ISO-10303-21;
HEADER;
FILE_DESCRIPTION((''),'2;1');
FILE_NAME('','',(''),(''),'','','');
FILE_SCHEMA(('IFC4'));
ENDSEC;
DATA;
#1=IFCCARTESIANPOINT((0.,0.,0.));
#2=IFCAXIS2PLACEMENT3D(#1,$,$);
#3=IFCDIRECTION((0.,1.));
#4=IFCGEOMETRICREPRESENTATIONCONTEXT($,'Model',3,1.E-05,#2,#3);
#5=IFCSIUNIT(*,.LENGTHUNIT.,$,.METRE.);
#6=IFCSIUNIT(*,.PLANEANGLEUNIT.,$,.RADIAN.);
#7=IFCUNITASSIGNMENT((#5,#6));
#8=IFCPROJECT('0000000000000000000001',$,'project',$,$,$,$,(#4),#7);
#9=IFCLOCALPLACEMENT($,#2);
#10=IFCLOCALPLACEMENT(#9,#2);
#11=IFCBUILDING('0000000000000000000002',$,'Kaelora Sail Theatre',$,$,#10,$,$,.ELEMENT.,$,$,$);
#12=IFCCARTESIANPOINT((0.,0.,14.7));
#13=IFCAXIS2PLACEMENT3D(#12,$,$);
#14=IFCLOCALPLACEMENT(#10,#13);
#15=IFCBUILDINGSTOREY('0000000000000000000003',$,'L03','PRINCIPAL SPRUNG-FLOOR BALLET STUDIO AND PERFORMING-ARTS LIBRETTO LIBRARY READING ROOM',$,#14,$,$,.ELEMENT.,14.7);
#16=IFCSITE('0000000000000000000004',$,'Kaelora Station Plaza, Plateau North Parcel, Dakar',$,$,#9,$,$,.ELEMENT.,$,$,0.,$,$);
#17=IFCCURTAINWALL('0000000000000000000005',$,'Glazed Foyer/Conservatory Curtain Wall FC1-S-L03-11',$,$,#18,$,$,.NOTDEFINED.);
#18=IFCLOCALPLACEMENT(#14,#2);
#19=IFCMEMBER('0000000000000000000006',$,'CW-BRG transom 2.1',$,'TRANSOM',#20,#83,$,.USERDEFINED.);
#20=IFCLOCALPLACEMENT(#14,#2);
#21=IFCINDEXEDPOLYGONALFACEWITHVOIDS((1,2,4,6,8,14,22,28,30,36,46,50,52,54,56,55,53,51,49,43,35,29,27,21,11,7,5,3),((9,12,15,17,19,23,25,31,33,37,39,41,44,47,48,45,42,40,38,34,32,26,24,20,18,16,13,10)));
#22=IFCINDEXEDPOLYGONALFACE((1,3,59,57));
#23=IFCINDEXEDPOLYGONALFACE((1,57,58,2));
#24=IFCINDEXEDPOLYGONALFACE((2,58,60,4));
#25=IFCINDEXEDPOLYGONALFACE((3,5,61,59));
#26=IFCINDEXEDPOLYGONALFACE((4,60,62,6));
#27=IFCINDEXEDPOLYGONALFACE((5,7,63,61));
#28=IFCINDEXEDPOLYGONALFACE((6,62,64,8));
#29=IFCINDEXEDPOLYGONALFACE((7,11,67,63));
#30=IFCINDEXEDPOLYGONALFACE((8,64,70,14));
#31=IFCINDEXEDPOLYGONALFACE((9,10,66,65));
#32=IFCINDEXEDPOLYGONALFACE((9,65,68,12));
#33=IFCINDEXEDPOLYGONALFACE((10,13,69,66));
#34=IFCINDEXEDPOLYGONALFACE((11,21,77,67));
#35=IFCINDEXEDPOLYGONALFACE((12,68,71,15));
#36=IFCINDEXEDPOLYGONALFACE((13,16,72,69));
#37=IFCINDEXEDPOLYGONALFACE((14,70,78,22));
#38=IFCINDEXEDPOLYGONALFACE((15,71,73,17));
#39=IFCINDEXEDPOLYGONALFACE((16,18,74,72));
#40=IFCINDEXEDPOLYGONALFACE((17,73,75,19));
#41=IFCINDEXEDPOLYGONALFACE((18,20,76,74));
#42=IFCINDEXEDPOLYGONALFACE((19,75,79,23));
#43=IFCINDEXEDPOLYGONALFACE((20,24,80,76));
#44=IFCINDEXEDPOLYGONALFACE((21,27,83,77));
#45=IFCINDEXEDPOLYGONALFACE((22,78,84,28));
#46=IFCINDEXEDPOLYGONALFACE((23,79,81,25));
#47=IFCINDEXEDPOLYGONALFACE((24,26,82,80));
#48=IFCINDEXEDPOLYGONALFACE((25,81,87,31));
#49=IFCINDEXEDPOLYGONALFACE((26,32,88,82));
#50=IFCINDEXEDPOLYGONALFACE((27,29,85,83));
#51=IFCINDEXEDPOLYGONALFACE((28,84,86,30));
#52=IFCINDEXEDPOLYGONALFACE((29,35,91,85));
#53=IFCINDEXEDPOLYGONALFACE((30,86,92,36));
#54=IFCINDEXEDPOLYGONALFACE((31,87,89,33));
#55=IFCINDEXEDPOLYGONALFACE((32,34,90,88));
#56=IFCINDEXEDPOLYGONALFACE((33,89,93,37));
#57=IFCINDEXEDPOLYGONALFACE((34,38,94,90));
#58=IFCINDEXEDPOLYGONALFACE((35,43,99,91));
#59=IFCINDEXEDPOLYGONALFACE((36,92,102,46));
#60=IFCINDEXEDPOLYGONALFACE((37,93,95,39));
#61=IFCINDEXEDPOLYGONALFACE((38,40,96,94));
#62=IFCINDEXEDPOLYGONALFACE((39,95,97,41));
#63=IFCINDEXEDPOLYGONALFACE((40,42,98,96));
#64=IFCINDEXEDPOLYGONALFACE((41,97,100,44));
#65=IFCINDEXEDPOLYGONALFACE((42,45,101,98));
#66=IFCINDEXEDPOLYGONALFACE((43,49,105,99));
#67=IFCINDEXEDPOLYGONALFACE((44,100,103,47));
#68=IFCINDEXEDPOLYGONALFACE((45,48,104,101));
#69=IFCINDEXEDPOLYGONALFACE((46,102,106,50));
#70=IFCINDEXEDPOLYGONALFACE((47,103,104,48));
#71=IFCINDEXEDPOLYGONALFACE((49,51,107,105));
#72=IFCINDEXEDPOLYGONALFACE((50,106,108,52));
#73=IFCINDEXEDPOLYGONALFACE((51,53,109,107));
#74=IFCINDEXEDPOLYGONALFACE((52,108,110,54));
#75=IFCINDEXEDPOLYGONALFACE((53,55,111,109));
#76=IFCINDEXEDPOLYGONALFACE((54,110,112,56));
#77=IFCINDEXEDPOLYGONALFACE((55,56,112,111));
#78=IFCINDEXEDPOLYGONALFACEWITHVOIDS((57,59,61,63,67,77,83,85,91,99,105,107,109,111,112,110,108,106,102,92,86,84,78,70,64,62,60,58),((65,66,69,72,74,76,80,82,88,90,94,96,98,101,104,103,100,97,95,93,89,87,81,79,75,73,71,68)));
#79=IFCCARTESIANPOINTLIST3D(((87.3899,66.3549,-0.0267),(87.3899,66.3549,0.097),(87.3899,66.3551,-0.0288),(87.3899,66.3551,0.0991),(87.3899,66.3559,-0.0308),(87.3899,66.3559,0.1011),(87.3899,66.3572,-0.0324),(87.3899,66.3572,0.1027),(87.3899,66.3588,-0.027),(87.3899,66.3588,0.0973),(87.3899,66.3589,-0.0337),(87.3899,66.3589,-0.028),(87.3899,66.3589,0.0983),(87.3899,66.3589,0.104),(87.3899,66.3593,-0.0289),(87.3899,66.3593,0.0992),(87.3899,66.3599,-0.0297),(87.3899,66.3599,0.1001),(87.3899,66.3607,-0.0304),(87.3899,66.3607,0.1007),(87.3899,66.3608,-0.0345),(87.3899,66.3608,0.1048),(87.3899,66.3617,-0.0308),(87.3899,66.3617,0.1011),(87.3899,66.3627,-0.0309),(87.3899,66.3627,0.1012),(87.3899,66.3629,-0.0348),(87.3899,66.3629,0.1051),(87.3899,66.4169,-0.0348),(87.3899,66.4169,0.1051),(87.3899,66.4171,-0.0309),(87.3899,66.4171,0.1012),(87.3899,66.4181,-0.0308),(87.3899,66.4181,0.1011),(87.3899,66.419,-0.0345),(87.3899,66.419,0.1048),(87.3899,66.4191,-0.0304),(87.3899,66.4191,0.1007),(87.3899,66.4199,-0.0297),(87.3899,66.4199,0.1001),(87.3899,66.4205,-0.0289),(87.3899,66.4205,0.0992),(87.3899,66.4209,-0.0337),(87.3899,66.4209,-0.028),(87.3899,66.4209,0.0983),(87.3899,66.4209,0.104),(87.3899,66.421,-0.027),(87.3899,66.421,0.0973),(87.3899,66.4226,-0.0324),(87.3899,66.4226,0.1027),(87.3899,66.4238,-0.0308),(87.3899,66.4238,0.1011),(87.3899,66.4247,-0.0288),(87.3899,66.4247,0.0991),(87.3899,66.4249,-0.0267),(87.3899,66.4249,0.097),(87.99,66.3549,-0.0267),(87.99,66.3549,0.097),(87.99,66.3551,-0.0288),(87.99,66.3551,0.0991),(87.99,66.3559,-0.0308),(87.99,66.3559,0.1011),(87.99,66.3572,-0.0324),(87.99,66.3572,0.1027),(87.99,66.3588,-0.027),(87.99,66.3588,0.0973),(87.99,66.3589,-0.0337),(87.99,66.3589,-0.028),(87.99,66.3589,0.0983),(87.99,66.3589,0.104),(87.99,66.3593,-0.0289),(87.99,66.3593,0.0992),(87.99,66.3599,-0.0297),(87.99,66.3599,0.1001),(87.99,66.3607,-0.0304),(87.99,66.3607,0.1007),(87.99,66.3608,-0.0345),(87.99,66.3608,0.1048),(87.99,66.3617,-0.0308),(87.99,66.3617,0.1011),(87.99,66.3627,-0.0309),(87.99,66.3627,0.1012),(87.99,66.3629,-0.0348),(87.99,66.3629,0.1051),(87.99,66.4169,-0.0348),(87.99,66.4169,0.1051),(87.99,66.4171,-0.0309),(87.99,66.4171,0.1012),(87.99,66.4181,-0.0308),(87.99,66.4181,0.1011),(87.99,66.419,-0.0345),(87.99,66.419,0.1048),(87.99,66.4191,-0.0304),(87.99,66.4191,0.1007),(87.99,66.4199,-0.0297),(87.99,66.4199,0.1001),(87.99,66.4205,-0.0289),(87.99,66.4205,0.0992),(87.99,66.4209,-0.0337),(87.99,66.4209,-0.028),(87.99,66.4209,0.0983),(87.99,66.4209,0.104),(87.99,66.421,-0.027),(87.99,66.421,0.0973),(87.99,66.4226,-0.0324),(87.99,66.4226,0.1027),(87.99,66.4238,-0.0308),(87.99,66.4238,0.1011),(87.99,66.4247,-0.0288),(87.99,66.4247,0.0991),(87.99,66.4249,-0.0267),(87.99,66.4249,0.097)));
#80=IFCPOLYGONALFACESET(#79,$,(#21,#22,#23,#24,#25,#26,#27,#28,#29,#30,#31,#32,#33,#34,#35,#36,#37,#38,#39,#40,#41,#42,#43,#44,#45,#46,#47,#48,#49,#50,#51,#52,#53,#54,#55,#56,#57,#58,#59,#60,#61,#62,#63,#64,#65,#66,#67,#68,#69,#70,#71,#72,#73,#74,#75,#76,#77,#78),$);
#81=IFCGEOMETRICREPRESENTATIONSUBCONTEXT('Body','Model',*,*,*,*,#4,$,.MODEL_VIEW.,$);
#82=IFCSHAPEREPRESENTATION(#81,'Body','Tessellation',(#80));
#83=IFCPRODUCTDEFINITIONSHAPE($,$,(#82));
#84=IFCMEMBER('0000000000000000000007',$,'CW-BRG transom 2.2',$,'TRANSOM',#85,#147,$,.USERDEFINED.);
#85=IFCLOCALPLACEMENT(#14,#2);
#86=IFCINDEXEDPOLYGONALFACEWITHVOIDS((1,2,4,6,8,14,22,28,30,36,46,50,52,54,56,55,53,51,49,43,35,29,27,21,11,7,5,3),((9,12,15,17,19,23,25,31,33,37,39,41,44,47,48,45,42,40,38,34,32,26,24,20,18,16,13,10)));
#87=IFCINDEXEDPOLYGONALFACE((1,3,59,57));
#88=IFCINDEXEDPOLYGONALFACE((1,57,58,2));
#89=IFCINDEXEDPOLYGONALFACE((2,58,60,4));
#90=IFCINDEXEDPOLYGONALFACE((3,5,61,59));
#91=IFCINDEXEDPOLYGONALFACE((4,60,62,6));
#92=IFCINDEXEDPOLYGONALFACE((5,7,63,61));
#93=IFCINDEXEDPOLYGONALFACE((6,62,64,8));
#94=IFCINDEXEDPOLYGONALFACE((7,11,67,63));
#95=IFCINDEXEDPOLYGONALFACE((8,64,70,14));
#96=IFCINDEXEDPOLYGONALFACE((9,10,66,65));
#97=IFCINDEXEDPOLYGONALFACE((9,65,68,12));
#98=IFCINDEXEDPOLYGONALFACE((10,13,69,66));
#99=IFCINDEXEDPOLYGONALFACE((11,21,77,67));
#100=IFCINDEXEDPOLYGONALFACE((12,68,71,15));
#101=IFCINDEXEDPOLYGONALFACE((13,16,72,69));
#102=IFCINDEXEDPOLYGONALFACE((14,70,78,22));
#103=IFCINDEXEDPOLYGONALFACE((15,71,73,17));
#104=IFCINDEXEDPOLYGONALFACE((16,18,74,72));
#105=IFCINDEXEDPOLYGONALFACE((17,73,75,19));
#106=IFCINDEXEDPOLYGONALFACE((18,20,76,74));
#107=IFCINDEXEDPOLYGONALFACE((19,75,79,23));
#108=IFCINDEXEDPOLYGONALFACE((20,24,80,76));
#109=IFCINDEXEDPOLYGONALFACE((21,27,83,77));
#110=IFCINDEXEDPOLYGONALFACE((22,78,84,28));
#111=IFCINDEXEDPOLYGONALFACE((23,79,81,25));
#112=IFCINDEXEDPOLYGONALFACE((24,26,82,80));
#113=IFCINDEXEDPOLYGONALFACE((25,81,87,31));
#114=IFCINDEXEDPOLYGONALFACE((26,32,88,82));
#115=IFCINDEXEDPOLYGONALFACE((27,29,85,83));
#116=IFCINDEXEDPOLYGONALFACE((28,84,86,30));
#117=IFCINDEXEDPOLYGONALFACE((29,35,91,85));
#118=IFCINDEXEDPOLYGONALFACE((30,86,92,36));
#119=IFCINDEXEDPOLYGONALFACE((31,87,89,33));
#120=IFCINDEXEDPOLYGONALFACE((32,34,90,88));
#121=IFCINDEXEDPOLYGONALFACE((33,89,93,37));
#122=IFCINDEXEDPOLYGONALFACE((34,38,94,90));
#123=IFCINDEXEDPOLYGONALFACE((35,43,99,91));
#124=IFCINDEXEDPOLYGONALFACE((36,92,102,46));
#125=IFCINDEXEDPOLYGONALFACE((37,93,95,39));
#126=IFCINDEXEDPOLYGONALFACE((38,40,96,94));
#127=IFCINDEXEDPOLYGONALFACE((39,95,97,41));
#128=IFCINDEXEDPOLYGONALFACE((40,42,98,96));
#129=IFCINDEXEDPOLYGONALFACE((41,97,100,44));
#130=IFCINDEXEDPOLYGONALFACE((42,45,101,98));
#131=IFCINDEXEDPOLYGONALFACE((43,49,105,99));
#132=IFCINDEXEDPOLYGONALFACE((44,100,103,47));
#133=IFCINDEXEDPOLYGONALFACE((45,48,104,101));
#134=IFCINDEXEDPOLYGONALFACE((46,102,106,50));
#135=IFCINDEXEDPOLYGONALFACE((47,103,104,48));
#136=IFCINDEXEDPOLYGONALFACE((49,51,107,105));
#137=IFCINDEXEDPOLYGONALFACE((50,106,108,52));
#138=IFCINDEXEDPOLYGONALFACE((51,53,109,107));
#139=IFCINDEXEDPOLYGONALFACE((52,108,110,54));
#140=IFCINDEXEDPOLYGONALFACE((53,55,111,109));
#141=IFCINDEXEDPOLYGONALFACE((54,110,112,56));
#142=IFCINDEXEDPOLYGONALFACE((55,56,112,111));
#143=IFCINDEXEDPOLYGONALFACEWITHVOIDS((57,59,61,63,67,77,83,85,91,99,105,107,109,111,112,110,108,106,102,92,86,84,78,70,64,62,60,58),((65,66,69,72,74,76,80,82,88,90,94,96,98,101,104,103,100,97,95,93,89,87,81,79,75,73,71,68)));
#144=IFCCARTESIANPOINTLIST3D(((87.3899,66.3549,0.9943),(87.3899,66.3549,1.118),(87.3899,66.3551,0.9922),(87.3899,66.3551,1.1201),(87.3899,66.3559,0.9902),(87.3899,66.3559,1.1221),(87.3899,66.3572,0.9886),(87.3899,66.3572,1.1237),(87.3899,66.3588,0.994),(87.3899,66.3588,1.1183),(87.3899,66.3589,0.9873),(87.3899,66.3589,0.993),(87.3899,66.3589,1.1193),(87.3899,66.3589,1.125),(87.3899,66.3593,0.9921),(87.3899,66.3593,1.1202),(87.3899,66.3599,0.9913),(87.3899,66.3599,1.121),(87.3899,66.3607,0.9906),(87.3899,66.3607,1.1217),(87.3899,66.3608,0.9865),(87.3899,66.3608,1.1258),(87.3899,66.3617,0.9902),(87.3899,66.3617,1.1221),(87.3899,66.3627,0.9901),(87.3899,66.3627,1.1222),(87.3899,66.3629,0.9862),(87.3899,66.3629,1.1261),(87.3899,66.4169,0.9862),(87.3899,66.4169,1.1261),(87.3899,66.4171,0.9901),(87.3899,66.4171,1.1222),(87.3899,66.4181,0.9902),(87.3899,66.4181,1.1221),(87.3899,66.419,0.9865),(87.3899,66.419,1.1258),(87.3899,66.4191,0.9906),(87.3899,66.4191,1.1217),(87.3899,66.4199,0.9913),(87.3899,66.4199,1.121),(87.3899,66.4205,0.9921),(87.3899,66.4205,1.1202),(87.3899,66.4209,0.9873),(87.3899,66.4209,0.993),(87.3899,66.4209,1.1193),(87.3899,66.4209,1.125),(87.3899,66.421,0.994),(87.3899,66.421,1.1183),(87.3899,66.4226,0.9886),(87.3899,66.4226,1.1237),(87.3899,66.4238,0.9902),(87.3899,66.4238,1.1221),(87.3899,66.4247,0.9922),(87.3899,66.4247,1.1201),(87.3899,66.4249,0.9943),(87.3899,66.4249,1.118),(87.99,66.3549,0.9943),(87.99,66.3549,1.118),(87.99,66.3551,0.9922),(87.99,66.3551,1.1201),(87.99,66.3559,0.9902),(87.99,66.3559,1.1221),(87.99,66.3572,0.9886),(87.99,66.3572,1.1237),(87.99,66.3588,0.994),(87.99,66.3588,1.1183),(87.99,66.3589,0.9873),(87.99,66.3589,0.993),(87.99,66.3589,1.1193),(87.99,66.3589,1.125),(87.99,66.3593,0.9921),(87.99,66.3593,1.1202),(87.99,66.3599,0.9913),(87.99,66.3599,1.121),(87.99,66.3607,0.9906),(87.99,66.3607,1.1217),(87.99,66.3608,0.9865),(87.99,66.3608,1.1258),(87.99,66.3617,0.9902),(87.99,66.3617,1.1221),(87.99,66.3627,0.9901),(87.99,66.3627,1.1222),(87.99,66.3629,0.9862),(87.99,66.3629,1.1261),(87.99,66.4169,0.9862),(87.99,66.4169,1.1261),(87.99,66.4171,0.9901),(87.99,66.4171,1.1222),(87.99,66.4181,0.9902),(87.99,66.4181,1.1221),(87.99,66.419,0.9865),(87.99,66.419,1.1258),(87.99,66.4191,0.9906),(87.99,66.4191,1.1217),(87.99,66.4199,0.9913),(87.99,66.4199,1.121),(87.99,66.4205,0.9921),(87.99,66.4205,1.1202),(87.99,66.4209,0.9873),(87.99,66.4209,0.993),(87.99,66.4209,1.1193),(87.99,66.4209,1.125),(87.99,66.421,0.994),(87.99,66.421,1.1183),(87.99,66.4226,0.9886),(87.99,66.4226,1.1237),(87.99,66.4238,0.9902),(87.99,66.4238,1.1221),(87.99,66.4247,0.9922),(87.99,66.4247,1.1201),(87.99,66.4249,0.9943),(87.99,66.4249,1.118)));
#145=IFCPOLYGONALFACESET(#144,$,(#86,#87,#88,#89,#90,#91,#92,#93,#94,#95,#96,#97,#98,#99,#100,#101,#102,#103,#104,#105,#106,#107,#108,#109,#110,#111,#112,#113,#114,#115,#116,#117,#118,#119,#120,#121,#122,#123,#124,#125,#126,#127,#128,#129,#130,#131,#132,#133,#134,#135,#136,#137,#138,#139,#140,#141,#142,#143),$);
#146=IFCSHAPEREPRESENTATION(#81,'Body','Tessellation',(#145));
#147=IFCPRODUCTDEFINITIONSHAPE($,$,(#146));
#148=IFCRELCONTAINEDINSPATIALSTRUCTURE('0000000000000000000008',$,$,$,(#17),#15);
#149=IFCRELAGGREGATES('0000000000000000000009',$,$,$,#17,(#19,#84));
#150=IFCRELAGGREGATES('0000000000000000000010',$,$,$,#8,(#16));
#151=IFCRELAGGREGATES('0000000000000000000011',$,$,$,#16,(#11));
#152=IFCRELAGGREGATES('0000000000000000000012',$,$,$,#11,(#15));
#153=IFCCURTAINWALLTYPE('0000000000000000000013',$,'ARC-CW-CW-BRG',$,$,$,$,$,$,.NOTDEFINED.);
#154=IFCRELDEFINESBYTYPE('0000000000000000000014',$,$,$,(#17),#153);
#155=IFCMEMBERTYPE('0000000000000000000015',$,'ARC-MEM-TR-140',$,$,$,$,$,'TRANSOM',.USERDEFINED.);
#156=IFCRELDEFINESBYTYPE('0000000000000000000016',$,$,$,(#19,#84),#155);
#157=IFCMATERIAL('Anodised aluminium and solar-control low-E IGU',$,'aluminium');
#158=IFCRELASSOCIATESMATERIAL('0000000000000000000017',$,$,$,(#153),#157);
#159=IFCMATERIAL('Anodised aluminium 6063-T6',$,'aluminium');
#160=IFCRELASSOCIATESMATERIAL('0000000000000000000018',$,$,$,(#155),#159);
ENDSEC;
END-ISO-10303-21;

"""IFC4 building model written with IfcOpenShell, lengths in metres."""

from ifc_helpers import new_model, si_unit, direction, frame, origin, origin_2d, place, context, subcontext, project, spatial, hollow_rectangle, extrude, material, material_profile, profile_set, type_object, element, aggregate, save


model = new_model("IFC4")

# Units and contexts
model_context = context("Model", 3, precision=1e-05, world=origin(), true_north=direction((0.0, 1.0)))
body_context = subcontext(model_context, "Body", "Model", "MODEL_VIEW")
ifc_project = project(units=[si_unit("LENGTHUNIT", "METRE"), si_unit("PLANEANGLEUNIT", "RADIAN")], contexts=[model_context])

# Site, building, storey
site_placement = place(None, origin())
site = spatial("IfcSite", under=ifc_project, at=site_placement, Name="Kaelora Station Plaza, Plateau North Parcel, Dakar", CompositionType="ELEMENT", RefElevation=0.0)
building_placement = place(site_placement, origin())
building = spatial("IfcBuilding", under=site, at=building_placement, Name="Kaelora Sail Theatre", CompositionType="ELEMENT")
storey_placement = place(building_placement, frame((0.0, 0.0, 14.7)))
storey = spatial("IfcBuildingStorey", under=building, at=storey_placement, Name="L03", Description="PRINCIPAL SPRUNG-FLOOR BALLET STUDIO AND PERFORMING-ARTS LIBRETTO LIBRARY READING ROOM", CompositionType="ELEMENT", Elevation=14.7)

# Shared definitions
ifc_material_1 = material(Name="Anodised aluminium and solar-control low-E IGU", Category="aluminium")
curtain_wall_type = type_object("IfcCurtainWallType", Name="ARC-CW-CW-BRG", PredefinedType="NOTDEFINED", material=ifc_material_1)

# Curtain wall
curtain_wall_1_placement = place(storey_placement, origin())
curtain_wall_1 = element("IfcCurtainWall", 1, at=curtain_wall_1_placement, inside=storey, type_object=curtain_wall_type, Name="Glazed Foyer/Conservatory Curtain Wall FC1-S-L03-11", PredefinedType="NOTDEFINED")

# Members
ifc_material_2 = material(Name="Anodised aluminium 6063-T6", Category="aluminium")
ifc_material_profile_1 = material_profile(ifc_material_2, hollow_rectangle(XDim=0.0701, YDim=0.1399, WallThickness=0.0039, InnerFilletRadius=0.0039, OuterFilletRadius=0.0081, at=origin_2d()), Name="ALU-TRAN 70x140x4")
ifc_profile_set_1 = profile_set([ifc_material_profile_1], Name="Anodised aluminium 6063-T6")
member_type_1 = type_object("IfcMemberType", Name="ARC-MEM-TR-140", ElementType="TRANSOM", PredefinedType="USERDEFINED", material=ifc_profile_set_1)
member_1_placement = place(storey_placement, frame((87.3899, 66.3899, 0.0352), z_axis=(1.0, 0.0, 0.0), x_axis=(0.0, 1.0, 0.0)))
member_1 = element("IfcMember", 2, at=member_1_placement, type_object=member_type_1, Name="CW-BRG transom 2.1", ObjectType="TRANSOM", PredefinedType="USERDEFINED", context=body_context, shape_type="SweptSolid", body=[
    extrude(hollow_rectangle(XDim=0.0701, YDim=0.1399, WallThickness=0.0039, InnerFilletRadius=0.0039, OuterFilletRadius=0.0081, at=origin_2d()), origin(), (0.0, 0.0, 1.0), 0.6001),
])
member_2_placement = place(storey_placement, frame((87.3899, 66.3899, 1.0562), z_axis=(1.0, 0.0, 0.0), x_axis=(0.0, 1.0, 0.0)))
member_2 = element("IfcMember", 3, at=member_2_placement, type_object=member_type_1, Name="CW-BRG transom 2.2", ObjectType="TRANSOM", PredefinedType="USERDEFINED", context=body_context, shape_type="SweptSolid", body=[
    extrude(hollow_rectangle(XDim=0.0701, YDim=0.1399, WallThickness=0.0039, InnerFilletRadius=0.0039, OuterFilletRadius=0.0081, at=origin_2d()), origin(), (0.0, 0.0, 1.0), 0.6001),
])

aggregate(curtain_wall_1, [member_1, member_2])

save(model, "model.ifc")
